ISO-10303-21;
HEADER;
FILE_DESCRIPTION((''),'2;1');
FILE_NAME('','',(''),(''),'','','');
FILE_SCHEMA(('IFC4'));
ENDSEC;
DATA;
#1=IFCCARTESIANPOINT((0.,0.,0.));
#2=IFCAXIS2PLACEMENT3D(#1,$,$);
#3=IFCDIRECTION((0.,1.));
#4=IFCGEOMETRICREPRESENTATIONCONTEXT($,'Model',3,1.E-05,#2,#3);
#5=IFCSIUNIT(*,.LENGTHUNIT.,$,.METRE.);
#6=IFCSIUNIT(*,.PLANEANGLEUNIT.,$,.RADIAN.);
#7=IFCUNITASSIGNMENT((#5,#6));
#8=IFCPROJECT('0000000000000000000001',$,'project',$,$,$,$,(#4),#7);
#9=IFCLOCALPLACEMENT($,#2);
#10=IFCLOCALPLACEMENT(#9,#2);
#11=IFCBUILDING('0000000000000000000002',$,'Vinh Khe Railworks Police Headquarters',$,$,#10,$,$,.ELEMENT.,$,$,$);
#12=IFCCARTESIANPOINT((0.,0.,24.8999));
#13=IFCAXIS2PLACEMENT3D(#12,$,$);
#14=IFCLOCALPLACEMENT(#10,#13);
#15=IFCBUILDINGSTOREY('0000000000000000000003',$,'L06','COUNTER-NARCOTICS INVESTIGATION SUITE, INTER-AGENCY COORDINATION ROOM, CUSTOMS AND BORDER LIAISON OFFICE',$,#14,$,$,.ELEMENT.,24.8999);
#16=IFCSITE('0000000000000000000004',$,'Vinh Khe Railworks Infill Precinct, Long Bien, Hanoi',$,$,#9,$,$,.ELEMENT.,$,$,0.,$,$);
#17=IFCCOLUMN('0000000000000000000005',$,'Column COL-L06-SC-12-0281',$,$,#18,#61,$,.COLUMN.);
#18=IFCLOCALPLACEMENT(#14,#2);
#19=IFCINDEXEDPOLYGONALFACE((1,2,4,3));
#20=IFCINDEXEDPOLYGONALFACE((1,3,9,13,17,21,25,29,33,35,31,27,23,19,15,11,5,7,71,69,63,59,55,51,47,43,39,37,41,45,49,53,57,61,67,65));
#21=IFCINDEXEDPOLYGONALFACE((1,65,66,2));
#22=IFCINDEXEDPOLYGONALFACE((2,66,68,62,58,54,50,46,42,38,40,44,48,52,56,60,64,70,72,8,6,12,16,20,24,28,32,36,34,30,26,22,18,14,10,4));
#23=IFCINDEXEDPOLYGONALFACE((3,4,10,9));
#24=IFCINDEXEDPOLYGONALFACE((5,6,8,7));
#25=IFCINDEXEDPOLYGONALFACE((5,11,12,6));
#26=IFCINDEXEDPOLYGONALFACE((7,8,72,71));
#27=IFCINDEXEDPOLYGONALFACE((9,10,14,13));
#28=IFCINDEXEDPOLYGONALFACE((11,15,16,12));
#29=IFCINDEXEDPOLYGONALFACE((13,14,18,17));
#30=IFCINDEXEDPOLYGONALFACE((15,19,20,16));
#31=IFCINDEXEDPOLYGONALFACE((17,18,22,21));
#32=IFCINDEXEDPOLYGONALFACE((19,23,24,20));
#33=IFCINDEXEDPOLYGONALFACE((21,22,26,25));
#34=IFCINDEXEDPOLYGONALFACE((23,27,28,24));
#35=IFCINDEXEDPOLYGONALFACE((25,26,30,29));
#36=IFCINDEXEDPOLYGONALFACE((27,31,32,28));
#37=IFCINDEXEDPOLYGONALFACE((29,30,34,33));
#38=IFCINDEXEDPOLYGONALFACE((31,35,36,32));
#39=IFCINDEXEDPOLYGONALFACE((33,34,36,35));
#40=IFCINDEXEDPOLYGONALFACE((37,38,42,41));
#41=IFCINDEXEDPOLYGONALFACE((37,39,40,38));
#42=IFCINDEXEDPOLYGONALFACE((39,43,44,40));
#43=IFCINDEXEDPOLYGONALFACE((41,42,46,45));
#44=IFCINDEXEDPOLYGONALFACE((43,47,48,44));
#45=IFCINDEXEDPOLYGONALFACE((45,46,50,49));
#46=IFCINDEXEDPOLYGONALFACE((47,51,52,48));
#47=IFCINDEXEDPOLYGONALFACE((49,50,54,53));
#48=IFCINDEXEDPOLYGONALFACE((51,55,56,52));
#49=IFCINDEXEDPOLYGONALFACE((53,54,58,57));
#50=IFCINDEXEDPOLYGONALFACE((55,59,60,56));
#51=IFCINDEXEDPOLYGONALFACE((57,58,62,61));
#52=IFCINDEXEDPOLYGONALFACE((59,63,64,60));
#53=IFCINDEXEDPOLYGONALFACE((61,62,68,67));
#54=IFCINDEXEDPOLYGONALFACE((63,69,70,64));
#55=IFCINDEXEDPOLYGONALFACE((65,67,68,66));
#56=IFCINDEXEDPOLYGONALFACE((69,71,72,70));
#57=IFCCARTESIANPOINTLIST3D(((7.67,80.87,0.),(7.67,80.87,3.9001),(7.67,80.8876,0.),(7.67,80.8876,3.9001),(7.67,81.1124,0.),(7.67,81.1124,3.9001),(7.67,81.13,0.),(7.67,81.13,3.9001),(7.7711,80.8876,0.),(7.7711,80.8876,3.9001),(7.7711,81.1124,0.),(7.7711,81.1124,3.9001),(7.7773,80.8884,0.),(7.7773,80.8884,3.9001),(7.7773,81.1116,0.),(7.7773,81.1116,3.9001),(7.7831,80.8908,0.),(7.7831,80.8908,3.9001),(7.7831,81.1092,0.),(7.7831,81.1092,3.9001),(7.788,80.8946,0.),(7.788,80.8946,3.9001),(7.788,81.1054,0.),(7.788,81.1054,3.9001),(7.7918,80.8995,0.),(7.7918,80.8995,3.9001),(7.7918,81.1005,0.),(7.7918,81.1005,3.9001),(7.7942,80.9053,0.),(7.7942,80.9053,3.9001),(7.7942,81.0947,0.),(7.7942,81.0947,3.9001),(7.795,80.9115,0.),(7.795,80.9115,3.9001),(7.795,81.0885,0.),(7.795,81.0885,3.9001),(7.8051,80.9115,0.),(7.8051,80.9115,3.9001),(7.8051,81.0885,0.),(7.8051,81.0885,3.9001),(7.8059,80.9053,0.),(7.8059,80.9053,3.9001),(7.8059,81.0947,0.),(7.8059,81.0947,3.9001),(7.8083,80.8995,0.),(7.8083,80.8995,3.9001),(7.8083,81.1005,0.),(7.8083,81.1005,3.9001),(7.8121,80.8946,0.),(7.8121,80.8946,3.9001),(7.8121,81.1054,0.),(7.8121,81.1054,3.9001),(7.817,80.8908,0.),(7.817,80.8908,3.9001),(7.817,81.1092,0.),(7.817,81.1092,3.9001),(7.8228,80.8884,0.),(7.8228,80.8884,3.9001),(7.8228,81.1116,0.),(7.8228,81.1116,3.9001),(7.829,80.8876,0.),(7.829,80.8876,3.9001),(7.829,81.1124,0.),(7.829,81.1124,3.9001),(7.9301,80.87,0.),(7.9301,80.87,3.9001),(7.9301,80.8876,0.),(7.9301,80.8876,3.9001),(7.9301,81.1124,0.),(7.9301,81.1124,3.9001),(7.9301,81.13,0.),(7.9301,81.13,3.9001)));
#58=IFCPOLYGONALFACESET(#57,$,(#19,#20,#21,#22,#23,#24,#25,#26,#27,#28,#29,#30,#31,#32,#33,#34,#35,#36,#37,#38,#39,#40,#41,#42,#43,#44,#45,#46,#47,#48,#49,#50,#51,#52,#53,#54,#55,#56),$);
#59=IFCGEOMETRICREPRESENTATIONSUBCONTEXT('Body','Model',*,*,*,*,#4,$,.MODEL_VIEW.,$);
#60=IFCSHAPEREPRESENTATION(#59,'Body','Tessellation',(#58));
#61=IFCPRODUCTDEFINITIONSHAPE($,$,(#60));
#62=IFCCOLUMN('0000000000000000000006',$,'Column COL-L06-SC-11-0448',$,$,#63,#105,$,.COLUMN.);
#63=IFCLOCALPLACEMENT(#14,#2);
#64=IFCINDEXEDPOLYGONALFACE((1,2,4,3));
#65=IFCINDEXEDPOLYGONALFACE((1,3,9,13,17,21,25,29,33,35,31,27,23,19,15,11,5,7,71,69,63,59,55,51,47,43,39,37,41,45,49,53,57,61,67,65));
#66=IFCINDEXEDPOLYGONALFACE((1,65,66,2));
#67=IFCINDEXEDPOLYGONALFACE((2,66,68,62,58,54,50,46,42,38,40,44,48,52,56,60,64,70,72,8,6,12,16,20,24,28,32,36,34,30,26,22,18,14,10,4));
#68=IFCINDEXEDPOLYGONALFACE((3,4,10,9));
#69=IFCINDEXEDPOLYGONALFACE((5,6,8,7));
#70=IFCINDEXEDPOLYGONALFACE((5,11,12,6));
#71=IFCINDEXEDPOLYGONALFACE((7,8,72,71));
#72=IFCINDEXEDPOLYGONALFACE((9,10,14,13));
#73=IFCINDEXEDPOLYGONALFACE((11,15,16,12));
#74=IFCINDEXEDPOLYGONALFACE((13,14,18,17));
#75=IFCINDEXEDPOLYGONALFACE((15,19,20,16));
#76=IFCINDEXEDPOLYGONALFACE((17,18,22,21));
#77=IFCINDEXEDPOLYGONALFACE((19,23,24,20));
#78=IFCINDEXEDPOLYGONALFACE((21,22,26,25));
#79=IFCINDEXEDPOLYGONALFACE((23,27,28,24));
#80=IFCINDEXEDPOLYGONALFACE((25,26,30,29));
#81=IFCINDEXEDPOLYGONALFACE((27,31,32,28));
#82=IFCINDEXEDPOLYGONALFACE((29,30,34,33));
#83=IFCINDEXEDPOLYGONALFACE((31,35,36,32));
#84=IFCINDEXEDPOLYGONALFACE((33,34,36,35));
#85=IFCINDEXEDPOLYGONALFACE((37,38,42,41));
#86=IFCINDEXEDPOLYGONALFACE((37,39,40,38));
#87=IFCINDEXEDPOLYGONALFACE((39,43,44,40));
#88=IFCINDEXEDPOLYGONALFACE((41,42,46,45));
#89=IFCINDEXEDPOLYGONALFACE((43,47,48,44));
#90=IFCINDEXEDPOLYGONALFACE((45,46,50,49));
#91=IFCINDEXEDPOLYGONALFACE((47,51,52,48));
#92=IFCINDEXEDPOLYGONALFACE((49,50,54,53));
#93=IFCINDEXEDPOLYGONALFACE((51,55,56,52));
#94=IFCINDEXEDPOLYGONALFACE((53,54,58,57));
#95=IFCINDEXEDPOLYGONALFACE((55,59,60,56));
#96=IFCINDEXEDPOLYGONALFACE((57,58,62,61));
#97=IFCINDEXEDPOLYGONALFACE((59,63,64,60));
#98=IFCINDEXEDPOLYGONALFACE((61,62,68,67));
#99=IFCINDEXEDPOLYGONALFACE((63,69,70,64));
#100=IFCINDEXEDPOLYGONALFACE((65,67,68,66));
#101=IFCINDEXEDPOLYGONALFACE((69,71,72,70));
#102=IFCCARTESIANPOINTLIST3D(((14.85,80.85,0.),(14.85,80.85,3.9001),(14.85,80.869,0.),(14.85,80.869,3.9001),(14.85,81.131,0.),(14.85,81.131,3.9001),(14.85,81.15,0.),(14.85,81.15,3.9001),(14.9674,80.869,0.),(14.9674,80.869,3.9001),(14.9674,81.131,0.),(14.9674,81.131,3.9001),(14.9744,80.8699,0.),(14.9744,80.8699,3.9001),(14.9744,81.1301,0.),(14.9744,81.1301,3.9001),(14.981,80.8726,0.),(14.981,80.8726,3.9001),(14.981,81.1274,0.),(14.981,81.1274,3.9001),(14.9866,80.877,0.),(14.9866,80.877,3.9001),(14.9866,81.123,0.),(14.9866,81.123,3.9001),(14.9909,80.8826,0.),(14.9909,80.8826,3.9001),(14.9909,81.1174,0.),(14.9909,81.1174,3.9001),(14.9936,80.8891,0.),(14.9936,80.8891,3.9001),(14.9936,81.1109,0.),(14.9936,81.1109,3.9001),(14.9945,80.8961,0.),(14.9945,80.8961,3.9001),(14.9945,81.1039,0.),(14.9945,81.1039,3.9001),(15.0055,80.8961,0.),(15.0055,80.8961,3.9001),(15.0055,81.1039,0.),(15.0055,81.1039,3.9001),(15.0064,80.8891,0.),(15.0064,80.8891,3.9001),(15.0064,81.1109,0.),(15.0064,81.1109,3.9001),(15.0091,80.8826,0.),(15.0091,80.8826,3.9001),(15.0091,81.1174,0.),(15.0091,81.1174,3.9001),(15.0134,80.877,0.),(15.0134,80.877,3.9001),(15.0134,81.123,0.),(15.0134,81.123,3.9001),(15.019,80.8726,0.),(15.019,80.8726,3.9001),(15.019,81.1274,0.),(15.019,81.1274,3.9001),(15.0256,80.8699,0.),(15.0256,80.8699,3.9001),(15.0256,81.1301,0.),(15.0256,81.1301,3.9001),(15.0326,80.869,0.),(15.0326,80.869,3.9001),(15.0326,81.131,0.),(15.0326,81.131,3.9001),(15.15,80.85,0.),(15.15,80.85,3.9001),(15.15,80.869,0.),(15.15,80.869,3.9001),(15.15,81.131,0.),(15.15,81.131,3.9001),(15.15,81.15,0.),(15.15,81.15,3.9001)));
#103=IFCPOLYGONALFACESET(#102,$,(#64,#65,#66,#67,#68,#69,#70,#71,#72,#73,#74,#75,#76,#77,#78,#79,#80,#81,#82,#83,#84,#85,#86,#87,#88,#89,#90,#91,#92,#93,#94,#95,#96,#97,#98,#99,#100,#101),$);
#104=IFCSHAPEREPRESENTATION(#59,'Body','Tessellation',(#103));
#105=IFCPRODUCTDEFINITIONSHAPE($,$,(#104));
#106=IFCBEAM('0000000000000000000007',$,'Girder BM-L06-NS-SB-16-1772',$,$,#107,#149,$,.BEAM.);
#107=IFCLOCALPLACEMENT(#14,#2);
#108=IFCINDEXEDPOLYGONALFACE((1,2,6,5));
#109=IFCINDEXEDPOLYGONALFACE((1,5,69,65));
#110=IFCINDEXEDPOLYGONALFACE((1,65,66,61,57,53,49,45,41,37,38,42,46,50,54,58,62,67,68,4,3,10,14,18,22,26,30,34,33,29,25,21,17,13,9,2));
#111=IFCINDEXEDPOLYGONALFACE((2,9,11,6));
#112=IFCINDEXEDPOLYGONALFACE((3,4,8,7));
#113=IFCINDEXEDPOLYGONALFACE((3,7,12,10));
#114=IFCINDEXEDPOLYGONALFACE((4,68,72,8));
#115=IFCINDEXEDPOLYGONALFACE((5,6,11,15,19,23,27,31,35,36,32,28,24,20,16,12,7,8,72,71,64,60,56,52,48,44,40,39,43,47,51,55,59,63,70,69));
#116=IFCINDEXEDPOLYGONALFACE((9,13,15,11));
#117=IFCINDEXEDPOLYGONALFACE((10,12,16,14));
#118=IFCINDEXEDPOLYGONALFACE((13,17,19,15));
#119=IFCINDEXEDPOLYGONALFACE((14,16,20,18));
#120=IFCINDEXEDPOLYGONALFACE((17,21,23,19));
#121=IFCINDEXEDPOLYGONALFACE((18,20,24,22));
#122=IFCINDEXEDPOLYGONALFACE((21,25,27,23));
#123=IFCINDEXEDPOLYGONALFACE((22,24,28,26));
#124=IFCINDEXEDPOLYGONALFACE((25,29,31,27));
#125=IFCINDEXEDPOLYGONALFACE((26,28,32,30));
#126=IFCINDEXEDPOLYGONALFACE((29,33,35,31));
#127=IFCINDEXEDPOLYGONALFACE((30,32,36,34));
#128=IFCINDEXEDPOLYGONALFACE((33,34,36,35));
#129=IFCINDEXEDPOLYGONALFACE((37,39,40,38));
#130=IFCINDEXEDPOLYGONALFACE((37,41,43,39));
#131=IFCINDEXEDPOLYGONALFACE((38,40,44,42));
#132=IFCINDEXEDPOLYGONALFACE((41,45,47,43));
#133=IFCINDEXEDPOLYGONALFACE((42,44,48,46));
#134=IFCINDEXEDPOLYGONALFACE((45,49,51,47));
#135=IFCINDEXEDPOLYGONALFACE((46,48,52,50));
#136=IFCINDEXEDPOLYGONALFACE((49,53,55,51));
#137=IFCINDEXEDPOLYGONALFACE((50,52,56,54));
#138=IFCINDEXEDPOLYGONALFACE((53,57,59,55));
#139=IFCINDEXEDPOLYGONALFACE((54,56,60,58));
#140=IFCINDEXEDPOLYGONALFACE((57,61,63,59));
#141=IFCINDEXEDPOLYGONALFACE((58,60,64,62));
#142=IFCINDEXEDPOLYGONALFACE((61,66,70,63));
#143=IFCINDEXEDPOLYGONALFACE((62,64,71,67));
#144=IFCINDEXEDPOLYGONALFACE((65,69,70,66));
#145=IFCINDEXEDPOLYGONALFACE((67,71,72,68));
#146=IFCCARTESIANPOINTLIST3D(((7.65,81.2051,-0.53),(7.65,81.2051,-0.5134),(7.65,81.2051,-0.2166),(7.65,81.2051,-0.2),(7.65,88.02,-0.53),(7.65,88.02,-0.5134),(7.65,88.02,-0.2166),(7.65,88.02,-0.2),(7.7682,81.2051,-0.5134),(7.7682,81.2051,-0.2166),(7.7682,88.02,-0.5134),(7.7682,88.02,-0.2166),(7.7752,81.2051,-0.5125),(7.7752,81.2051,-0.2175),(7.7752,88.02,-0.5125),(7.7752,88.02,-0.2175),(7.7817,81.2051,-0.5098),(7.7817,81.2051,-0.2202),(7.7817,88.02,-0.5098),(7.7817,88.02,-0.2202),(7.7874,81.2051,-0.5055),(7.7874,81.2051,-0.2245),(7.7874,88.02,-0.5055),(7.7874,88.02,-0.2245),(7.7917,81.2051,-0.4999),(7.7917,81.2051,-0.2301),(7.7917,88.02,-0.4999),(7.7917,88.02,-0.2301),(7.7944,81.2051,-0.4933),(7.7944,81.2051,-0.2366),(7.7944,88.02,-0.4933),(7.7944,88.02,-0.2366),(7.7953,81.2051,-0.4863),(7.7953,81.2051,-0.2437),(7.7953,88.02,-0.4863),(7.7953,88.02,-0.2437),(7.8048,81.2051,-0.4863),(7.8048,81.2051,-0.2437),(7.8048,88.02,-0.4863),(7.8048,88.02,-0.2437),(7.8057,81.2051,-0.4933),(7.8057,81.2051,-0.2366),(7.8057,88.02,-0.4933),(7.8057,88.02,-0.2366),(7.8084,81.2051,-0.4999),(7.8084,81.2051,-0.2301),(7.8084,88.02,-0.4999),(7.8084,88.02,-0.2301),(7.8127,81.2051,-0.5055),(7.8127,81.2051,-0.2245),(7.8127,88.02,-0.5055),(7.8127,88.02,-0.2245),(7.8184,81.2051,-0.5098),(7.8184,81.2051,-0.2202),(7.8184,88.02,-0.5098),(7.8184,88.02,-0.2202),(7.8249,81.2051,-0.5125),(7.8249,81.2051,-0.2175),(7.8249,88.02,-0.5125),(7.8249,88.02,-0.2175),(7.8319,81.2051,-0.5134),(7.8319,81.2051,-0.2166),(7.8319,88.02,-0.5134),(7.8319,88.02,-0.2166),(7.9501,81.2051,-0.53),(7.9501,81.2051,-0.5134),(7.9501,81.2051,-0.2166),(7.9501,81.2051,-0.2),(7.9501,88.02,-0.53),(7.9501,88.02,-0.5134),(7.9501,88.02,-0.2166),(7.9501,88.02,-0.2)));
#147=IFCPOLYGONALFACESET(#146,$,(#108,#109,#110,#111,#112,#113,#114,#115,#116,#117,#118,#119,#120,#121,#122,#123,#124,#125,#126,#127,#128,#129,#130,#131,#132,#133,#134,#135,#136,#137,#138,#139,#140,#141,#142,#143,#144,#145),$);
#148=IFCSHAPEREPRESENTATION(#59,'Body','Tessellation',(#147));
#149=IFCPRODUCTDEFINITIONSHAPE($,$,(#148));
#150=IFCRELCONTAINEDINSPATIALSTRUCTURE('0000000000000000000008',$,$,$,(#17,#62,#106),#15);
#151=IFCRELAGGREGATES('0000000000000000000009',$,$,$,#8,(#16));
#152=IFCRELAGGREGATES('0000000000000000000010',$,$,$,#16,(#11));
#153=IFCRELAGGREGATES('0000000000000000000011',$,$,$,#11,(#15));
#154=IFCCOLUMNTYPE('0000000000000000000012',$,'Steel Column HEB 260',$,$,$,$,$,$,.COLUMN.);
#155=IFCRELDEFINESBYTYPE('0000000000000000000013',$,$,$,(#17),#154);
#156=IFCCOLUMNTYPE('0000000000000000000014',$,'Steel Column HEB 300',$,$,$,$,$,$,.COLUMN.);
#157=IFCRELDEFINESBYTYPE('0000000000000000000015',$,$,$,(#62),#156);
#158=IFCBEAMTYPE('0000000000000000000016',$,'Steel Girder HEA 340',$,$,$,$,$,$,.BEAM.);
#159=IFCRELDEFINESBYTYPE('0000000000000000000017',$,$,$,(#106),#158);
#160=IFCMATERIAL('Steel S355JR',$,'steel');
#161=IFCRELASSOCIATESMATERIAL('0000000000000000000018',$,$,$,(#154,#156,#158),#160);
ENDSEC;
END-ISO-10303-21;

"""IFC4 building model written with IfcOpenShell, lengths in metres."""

from ifc_helpers import new_model, si_unit, direction, frame, origin, origin_2d, place, context, subcontext, project, spatial, i_section, extrude, material, material_profile, profile_set, type_object, element, save


model = new_model("IFC4")

# Units and contexts
model_context = context("Model", 3, precision=1e-05, world=origin(), true_north=direction((0.0, 1.0)))
body_context = subcontext(model_context, "Body", "Model", "MODEL_VIEW")
ifc_project = project(units=[si_unit("LENGTHUNIT", "METRE"), si_unit("PLANEANGLEUNIT", "RADIAN")], contexts=[model_context])

# Site, building, storey
site_placement = place(None, origin())
site = spatial("IfcSite", under=ifc_project, at=site_placement, Name="Vinh Khe Railworks Infill Precinct, Long Bien, Hanoi", CompositionType="ELEMENT", RefElevation=0.0)
building_placement = place(site_placement, origin())
building = spatial("IfcBuilding", under=site, at=building_placement, Name="Vinh Khe Railworks Police Headquarters", CompositionType="ELEMENT")
storey_placement = place(building_placement, frame((0.0, 0.0, 24.8999)))
storey = spatial("IfcBuildingStorey", under=building, at=storey_placement, Name="L06", Description="COUNTER-NARCOTICS INVESTIGATION SUITE, INTER-AGENCY COORDINATION ROOM, CUSTOMS AND BORDER LIAISON OFFICE", CompositionType="ELEMENT", Elevation=24.8999)

# Columns
ifc_material_1 = material(Name="Steel S355JR", Category="steel")
ifc_material_profile_1 = material_profile(ifc_material_1, i_section(OverallWidth=0.26, OverallDepth=0.26, WebThickness=0.01, FlangeThickness=0.0176, FilletRadius=0.0239, at=origin_2d()), Name="HEB 260")
ifc_profile_set_1 = profile_set([ifc_material_profile_1], Name="Steel S355JR")
column_type_1 = type_object("IfcColumnType", Name="Steel Column HEB 260", PredefinedType="COLUMN", material=ifc_profile_set_1)
column_1_placement = place(storey_placement, frame((7.8, 81.0, 0.0), z_axis=(0.0, 0.0, 1.0), x_axis=(1.0, 0.0, 0.0)))
element("IfcColumn", 1, at=column_1_placement, inside=storey, type_object=column_type_1, Name="Column COL-L06-SC-12-0281", PredefinedType="COLUMN", context=body_context, shape_type="SweptSolid", body=[
    extrude(i_section(OverallWidth=0.26, OverallDepth=0.26, WebThickness=0.01, FlangeThickness=0.0176, FilletRadius=0.0239, at=origin_2d()), origin(), (0.0, 0.0, 1.0), 3.9001),
])
ifc_material_profile_2 = material_profile(ifc_material_1, i_section(OverallWidth=0.3, OverallDepth=0.3, WebThickness=0.011, FlangeThickness=0.019, FilletRadius=0.0271, at=origin_2d()), Name="HEB 300")
ifc_profile_set_2 = profile_set([ifc_material_profile_2], Name="Steel S355JR")
column_type_2 = type_object("IfcColumnType", Name="Steel Column HEB 300", PredefinedType="COLUMN", material=ifc_profile_set_2)
column_2_placement = place(storey_placement, frame((15.0, 81.0, 0.0), z_axis=(0.0, 0.0, 1.0), x_axis=(1.0, 0.0, 0.0)))
element("IfcColumn", 2, at=column_2_placement, inside=storey, type_object=column_type_2, Name="Column COL-L06-SC-11-0448", PredefinedType="COLUMN", context=body_context, shape_type="SweptSolid", body=[
    extrude(i_section(OverallWidth=0.3, OverallDepth=0.3, WebThickness=0.011, FlangeThickness=0.019, FilletRadius=0.0271, at=origin_2d()), origin(), (0.0, 0.0, 1.0), 3.9001),
])

# Beam
ifc_material_profile_3 = material_profile(ifc_material_1, i_section(OverallWidth=0.3, OverallDepth=0.3301, WebThickness=0.0095, FlangeThickness=0.0166, FilletRadius=0.0271, at=origin_2d()), Name="HEA 340")
ifc_profile_set_3 = profile_set([ifc_material_profile_3], Name="Steel S355JR")
beam_type_1 = type_object("IfcBeamType", Name="Steel Girder HEA 340", PredefinedType="BEAM", material=ifc_profile_set_3)
beam_1_placement = place(storey_placement, frame((7.8, 81.2051, -0.365), z_axis=(0.0, 1.0, 0.0), x_axis=(-1.0, 0.0, 0.0)))
element("IfcBeam", 3, at=beam_1_placement, inside=storey, type_object=beam_type_1, Name="Girder BM-L06-NS-SB-16-1772", PredefinedType="BEAM", context=body_context, shape_type="SweptSolid", body=[
    extrude(i_section(OverallWidth=0.3, OverallDepth=0.3301, WebThickness=0.0095, FlangeThickness=0.0166, FilletRadius=0.0271, at=origin_2d()), origin(), (0.0, 0.0, 1.0), 6.8149),
])

save(model, "model.ifc")
